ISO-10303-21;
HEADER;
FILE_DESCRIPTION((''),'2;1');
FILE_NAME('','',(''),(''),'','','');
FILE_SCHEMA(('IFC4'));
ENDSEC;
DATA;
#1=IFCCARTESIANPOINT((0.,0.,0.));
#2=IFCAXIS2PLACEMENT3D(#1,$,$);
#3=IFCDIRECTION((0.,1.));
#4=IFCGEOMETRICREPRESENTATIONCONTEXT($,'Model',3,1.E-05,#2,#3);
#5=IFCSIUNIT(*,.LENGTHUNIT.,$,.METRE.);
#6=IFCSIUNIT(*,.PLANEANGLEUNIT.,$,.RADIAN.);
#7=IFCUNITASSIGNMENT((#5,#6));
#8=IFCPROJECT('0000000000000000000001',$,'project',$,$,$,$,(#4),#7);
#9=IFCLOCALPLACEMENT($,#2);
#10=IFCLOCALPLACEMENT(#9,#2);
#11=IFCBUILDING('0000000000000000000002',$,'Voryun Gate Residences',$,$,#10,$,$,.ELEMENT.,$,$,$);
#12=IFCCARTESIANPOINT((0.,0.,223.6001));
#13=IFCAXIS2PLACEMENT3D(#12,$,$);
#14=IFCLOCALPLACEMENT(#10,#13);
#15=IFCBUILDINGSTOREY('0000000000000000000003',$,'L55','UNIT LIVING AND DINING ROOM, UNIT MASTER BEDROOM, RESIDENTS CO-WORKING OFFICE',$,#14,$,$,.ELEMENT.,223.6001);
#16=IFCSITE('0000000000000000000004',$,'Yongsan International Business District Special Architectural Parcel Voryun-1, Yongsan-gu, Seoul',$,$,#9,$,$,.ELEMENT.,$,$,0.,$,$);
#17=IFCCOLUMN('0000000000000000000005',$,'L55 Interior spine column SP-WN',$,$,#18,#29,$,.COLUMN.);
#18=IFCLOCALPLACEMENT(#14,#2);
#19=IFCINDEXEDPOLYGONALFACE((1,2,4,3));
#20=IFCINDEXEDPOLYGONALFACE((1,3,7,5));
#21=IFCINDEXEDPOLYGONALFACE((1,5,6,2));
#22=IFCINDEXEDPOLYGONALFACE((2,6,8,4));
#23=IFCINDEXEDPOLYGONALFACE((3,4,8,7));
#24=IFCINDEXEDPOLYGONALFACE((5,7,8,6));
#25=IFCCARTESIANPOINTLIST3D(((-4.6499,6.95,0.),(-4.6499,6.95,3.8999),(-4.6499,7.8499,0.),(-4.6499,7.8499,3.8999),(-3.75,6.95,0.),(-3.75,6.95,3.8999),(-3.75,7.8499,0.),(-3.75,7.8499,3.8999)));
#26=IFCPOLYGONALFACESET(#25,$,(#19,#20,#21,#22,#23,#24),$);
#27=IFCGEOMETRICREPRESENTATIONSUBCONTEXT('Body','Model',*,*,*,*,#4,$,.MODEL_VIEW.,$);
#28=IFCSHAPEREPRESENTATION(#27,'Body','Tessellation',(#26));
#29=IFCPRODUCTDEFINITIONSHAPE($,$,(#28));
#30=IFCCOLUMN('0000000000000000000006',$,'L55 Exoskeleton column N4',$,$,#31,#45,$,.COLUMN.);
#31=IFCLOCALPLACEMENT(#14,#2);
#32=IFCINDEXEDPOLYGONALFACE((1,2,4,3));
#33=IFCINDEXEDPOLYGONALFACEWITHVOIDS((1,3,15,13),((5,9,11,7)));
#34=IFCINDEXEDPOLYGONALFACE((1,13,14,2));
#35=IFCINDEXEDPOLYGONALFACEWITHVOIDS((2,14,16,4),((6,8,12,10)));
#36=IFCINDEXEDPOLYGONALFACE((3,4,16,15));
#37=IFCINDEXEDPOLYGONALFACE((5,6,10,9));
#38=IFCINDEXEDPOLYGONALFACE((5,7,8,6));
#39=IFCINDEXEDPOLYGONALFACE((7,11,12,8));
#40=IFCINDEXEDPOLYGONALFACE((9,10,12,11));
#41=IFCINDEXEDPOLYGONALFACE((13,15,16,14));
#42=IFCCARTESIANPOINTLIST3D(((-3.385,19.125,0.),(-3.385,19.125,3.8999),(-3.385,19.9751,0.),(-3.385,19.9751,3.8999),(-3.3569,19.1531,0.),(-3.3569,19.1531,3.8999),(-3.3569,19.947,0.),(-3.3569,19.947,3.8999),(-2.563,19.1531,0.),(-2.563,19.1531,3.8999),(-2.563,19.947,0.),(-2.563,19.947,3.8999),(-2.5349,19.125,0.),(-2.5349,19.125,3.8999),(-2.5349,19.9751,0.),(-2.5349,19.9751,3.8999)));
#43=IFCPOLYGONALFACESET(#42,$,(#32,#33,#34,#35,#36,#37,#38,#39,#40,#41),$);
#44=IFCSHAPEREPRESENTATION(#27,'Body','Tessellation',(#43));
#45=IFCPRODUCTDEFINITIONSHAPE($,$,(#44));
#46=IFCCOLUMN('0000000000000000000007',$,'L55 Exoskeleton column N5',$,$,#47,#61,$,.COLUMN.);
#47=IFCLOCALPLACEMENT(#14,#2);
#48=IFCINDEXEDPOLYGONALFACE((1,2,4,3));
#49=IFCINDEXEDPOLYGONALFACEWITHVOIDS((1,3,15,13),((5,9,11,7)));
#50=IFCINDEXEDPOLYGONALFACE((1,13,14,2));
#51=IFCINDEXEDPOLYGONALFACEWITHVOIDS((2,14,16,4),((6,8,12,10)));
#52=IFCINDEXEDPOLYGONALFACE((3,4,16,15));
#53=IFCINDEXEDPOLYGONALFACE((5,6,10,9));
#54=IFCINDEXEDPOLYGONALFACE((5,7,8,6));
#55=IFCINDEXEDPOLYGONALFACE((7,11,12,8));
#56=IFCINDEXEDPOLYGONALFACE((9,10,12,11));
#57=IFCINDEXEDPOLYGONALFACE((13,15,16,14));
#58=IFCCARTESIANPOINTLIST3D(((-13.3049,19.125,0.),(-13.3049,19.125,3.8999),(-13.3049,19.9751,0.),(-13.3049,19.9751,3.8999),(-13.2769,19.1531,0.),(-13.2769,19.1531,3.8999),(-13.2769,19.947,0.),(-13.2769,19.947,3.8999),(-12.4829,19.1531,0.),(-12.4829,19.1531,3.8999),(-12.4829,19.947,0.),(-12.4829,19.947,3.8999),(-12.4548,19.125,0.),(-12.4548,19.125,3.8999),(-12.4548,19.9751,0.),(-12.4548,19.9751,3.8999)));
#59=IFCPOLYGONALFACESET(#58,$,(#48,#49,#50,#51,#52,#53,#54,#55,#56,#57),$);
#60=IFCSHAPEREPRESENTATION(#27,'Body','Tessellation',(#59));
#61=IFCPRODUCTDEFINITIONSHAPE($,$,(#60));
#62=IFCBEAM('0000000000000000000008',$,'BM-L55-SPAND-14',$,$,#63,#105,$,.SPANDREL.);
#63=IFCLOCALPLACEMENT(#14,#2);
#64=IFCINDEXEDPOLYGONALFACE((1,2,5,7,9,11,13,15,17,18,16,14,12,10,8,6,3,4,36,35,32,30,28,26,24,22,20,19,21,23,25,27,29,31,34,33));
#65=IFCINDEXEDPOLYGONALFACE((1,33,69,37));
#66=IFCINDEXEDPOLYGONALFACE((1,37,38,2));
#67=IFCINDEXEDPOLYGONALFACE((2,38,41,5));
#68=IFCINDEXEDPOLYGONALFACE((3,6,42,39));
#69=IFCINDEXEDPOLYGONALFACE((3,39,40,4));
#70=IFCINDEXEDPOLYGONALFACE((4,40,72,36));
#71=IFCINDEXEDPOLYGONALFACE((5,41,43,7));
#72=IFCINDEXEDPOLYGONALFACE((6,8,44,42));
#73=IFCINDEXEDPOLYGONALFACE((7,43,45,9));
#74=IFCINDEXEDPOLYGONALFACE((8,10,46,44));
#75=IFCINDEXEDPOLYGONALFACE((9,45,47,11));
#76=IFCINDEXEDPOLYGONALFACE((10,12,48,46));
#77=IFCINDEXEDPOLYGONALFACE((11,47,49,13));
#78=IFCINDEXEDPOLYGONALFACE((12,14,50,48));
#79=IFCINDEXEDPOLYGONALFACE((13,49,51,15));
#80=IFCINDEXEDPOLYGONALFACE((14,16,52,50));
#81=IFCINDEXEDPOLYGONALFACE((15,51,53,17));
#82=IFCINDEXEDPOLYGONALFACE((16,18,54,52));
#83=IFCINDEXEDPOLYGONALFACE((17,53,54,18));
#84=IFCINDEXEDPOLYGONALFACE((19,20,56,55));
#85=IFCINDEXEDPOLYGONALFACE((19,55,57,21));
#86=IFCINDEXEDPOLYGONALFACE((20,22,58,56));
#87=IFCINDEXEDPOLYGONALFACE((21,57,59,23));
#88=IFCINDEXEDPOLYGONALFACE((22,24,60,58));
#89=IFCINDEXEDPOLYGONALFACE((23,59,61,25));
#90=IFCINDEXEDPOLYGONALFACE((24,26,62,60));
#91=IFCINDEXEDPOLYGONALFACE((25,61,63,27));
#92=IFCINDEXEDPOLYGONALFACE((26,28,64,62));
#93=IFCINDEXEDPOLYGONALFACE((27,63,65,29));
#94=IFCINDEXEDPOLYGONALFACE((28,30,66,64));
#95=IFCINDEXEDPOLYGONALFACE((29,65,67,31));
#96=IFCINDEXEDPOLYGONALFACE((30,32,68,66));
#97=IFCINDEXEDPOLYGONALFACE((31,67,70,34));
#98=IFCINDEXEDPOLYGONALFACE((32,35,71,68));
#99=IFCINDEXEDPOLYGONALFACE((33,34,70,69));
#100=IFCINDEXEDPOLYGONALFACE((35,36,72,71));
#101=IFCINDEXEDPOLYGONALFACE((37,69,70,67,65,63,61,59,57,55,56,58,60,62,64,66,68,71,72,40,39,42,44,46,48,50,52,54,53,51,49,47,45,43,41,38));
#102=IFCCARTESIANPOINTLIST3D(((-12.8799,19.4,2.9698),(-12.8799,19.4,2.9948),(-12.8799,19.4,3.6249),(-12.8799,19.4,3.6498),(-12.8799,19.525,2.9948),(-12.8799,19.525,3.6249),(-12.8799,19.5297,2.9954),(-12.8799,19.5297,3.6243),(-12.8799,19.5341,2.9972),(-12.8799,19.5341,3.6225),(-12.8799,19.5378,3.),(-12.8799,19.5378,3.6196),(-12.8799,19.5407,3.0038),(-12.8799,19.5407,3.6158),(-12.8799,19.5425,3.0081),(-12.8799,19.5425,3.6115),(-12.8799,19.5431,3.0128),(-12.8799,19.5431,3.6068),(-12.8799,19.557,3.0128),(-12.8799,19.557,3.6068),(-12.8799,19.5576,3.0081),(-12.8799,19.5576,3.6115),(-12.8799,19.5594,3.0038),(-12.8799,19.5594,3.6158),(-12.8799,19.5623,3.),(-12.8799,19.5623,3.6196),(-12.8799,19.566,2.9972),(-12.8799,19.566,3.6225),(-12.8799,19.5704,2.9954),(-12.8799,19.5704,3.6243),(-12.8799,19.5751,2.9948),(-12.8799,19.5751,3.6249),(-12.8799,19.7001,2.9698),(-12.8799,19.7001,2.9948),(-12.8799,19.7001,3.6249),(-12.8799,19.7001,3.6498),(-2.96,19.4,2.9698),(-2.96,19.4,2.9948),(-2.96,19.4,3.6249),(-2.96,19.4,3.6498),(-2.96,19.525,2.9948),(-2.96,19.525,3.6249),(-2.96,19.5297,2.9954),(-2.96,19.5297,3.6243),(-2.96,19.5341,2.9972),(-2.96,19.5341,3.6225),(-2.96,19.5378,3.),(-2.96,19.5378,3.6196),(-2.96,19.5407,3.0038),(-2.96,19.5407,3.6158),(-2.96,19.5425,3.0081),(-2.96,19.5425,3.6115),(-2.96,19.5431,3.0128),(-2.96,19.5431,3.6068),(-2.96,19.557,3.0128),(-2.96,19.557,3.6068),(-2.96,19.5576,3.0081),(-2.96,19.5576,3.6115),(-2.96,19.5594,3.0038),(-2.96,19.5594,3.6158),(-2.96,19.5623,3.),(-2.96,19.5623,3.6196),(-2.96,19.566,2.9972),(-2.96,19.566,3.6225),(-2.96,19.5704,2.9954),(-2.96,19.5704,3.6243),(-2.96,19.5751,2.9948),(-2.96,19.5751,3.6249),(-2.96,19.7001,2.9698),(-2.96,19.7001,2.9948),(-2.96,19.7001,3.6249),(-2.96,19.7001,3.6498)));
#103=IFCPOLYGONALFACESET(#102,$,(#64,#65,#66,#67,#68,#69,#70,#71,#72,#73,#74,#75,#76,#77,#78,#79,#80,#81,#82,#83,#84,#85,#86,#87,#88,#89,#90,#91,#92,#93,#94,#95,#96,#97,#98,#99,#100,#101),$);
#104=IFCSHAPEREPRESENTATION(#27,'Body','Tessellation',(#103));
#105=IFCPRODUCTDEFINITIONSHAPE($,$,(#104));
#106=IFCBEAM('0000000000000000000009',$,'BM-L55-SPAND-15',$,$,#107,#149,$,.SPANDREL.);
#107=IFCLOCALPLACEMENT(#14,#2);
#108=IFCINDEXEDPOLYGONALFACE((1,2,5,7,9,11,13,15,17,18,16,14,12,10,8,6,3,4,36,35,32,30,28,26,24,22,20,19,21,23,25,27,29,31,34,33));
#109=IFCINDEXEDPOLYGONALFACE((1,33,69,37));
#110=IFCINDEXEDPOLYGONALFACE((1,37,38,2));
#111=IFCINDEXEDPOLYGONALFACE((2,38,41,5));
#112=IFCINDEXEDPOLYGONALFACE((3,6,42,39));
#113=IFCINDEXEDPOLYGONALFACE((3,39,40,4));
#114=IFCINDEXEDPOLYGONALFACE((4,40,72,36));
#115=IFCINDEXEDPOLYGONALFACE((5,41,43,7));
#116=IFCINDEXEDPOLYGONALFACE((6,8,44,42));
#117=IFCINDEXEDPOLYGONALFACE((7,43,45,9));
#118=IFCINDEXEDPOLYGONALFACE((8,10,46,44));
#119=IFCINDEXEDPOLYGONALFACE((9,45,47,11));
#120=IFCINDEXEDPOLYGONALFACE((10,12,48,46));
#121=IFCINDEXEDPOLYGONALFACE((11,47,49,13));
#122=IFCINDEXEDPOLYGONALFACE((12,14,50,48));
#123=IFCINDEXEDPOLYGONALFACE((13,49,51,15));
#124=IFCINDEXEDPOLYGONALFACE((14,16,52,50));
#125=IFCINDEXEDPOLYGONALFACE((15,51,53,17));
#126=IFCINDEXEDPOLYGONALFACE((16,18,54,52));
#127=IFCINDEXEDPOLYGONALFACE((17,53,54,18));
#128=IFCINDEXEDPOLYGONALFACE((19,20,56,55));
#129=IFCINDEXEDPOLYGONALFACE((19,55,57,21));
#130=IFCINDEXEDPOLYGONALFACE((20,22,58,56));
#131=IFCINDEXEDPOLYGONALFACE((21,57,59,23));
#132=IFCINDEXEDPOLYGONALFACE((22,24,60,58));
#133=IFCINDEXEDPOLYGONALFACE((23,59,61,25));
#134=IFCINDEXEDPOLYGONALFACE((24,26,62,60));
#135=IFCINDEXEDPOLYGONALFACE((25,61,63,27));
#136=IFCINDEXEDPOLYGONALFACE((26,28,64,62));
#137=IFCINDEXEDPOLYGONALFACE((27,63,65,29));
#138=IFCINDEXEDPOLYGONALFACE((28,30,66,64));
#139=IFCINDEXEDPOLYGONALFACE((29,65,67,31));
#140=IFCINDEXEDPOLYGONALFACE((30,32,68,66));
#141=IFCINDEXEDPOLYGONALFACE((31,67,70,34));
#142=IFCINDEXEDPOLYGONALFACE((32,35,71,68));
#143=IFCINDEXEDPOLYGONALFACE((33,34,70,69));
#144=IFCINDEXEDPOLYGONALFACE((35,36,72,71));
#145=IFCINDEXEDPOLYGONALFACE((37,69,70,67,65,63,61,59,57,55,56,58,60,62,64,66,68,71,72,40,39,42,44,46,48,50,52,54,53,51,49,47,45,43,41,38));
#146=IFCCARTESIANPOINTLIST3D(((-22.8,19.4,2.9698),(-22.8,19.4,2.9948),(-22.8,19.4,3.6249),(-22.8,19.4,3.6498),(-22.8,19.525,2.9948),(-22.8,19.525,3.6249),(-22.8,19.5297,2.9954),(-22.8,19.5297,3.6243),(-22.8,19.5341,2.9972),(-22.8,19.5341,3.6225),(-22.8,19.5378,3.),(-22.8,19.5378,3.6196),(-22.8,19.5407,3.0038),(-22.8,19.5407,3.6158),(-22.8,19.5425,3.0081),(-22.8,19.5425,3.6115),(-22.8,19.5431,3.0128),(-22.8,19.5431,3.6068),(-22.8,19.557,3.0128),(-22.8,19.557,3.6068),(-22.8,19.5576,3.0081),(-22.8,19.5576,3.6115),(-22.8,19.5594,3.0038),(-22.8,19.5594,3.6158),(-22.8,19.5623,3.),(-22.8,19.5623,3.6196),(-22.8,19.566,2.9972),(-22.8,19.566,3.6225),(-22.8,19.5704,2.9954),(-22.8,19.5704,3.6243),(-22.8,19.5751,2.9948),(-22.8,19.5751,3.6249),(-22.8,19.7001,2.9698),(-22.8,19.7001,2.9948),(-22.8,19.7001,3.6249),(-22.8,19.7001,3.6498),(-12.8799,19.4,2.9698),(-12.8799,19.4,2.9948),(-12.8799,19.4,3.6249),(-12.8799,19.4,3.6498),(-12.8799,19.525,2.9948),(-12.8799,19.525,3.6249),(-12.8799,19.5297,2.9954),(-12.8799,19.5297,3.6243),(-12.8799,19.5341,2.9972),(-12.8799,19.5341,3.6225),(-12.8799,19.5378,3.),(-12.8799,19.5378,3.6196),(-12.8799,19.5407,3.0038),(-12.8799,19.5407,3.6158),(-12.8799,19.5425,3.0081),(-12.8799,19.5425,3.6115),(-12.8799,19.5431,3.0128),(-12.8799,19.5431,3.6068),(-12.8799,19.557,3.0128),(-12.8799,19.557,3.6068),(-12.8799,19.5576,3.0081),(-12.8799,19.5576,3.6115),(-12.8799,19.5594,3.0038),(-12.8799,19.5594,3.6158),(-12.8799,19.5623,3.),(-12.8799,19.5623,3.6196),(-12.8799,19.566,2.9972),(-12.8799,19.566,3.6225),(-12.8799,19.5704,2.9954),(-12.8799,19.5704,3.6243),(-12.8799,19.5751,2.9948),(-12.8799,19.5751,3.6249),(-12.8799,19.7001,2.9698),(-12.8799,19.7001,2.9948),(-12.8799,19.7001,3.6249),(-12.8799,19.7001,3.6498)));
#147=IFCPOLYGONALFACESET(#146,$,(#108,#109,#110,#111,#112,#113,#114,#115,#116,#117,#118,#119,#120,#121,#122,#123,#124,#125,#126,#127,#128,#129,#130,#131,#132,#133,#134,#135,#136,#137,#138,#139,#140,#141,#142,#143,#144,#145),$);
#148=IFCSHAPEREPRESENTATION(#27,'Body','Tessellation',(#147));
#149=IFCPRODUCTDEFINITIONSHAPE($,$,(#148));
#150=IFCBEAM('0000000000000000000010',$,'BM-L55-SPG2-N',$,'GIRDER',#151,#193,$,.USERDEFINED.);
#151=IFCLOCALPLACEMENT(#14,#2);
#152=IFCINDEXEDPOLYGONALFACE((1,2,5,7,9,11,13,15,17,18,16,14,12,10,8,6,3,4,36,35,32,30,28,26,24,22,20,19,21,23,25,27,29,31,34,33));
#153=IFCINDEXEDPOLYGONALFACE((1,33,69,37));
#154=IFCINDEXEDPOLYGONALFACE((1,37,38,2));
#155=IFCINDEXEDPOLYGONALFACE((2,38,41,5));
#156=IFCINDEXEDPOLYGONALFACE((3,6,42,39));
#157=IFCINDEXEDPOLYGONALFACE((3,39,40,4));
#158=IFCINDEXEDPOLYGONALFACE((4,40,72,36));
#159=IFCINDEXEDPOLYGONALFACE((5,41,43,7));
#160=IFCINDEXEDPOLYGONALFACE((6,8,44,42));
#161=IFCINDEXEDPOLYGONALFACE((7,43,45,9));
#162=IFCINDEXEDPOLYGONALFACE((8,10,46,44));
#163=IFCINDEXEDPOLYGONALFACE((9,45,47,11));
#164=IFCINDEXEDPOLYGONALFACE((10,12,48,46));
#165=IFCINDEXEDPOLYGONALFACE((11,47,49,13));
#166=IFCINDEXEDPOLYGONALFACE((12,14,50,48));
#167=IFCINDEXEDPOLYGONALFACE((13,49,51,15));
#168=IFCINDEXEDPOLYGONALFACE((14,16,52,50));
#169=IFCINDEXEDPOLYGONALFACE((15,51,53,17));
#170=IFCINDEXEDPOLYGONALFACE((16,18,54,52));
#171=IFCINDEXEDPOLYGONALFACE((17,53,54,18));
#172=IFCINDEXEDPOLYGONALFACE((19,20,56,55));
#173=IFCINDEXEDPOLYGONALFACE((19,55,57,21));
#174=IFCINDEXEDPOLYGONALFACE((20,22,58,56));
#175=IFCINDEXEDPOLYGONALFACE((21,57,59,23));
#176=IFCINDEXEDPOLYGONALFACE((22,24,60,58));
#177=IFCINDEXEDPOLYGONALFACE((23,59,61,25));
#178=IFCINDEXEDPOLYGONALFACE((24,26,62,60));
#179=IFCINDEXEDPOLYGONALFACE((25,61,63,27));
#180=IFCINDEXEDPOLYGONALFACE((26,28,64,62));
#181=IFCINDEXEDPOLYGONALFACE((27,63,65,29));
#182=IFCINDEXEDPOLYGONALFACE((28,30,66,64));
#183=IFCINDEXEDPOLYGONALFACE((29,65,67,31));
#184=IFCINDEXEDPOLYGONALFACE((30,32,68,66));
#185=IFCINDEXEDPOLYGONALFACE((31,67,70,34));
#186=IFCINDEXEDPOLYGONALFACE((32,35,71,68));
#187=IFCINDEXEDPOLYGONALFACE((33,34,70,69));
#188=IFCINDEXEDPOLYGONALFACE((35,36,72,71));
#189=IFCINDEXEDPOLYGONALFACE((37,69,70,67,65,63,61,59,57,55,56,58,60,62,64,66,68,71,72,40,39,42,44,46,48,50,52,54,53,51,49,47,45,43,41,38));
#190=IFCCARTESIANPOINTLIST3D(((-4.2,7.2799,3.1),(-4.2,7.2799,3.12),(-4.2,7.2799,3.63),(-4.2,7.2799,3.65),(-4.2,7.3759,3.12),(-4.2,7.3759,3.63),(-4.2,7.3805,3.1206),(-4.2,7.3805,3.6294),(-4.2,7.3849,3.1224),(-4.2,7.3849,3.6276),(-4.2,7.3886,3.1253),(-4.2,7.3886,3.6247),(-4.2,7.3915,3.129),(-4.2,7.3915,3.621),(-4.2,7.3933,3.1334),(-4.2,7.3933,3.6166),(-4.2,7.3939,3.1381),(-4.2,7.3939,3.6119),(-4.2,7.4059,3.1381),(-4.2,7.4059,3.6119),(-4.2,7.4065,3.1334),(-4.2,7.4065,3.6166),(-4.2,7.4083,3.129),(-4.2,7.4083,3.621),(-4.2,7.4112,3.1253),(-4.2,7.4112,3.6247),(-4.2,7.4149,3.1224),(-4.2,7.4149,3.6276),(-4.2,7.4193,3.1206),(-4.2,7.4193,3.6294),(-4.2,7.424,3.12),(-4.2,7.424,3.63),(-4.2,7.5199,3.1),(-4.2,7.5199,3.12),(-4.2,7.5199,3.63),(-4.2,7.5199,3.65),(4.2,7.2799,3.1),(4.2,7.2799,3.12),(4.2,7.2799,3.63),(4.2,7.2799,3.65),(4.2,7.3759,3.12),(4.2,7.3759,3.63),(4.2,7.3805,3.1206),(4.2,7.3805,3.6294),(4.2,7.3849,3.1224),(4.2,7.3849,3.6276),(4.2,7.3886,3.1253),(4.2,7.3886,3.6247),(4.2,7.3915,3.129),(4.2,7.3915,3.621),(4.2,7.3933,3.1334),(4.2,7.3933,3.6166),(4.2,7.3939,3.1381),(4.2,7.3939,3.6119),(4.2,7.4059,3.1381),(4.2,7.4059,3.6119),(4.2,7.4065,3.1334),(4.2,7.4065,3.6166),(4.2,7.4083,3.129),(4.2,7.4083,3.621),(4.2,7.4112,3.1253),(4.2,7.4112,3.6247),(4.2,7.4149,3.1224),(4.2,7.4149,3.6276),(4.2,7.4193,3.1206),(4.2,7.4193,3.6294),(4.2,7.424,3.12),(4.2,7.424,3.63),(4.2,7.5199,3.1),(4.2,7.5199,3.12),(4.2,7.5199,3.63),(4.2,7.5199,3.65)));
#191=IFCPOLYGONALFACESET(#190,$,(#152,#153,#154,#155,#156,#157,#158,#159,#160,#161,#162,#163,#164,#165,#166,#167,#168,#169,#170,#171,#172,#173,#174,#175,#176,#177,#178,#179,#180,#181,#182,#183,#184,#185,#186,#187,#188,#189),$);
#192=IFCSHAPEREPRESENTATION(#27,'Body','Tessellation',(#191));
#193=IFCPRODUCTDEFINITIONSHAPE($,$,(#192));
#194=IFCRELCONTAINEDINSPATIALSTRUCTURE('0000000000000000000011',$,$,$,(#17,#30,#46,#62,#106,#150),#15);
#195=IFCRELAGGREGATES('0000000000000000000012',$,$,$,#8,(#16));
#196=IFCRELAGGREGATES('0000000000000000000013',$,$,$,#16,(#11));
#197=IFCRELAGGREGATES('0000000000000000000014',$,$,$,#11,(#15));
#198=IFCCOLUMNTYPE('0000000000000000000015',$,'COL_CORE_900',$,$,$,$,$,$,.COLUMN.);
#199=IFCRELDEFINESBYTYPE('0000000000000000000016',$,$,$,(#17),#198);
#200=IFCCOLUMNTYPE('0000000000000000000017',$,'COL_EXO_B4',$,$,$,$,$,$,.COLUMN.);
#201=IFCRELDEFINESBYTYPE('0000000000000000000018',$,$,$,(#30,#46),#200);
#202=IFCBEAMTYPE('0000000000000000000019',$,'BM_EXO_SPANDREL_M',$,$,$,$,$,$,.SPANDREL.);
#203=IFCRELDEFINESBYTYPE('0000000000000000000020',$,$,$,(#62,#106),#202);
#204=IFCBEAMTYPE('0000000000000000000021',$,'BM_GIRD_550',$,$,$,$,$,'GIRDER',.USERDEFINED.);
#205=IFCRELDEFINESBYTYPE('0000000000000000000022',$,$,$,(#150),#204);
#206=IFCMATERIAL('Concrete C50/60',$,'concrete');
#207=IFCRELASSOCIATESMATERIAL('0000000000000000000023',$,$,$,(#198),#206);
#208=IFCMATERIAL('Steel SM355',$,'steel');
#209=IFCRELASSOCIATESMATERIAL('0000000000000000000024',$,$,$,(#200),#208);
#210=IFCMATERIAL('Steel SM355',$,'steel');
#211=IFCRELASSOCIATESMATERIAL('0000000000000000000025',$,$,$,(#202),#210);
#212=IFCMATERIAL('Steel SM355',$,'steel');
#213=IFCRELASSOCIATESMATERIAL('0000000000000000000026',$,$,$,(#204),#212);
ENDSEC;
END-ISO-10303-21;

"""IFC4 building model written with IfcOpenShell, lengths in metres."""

from ifc_helpers import new_model, si_unit, direction, frame, origin, origin_2d, place, context, subcontext, project, spatial, rectangle, hollow_rectangle, i_section, extrude, material, material_profile, profile_set, type_object, element, save


model = new_model("IFC4")

# Units and contexts
model_context = context("Model", 3, precision=1e-05, world=origin(), true_north=direction((0.0, 1.0)))
body_context = subcontext(model_context, "Body", "Model", "MODEL_VIEW")
ifc_project = project(units=[si_unit("LENGTHUNIT", "METRE"), si_unit("PLANEANGLEUNIT", "RADIAN")], contexts=[model_context])

# Site, building, storey
site_placement = place(None, origin())
site = spatial("IfcSite", under=ifc_project, at=site_placement, Name="Yongsan International Business District Special Architectural Parcel Voryun-1, Yongsan-gu, Seoul", CompositionType="ELEMENT", RefElevation=0.0)
building_placement = place(site_placement, origin())
building = spatial("IfcBuilding", under=site, at=building_placement, Name="Voryun Gate Residences", CompositionType="ELEMENT")
storey_placement = place(building_placement, frame((0.0, 0.0, 223.6001)))
storey = spatial("IfcBuildingStorey", under=building, at=storey_placement, Name="L55", Description="UNIT LIVING AND DINING ROOM, UNIT MASTER BEDROOM, RESIDENTS CO-WORKING OFFICE", CompositionType="ELEMENT", Elevation=223.6001)

# Columns
ifc_material_1 = material(Name="Concrete C50/60", Category="concrete")
ifc_material_profile_1 = material_profile(ifc_material_1, rectangle(XDim=0.8999, YDim=0.8999, at=origin_2d()), Name="RC-900x900")
ifc_profile_set_1 = profile_set([ifc_material_profile_1], Name="Concrete C50/60")
column_type_1 = type_object("IfcColumnType", Name="COL_CORE_900", PredefinedType="COLUMN", material=ifc_profile_set_1)
column_placement = place(storey_placement, frame((-4.2, 7.3999, 0.0), z_axis=(0.0, 0.0, 1.0), x_axis=(1.0, 0.0, 0.0)))
element("IfcColumn", 1, at=column_placement, inside=storey, type_object=column_type_1, Name="L55 Interior spine column SP-WN", PredefinedType="COLUMN", context=body_context, shape_type="SweptSolid", body=[
    extrude(rectangle(XDim=0.8999, YDim=0.8999, at=origin_2d()), origin(), (0.0, 0.0, 1.0), 3.8999),
])
ifc_material_2 = material(Name="Steel SM355", Category="steel")
ifc_material_profile_2 = material_profile(ifc_material_2, hollow_rectangle(XDim=0.8501, YDim=0.8501, WallThickness=0.0281, at=origin_2d()), Name="BOX-850x850x28")
ifc_profile_set_2 = profile_set([ifc_material_profile_2], Name="Steel SM355")
column_type_2 = type_object("IfcColumnType", Name="COL_EXO_B4", PredefinedType="COLUMN", material=ifc_profile_set_2)
for number, where, z_axis, x_axis, name in (
    (2, (-2.96, 19.55, 0.0), (0.0, 0.0, 1.0), (1.0, 0.0, 0.0), "L55 Exoskeleton column N4"),
    (3, (-12.8799, 19.55, 0.0), (0.0, 0.0, 1.0), (1.0, 0.0, 0.0), "L55 Exoskeleton column N5"),
):
    element("IfcColumn", number, at=place(storey_placement, frame(where, z_axis=z_axis, x_axis=x_axis)), inside=storey, type_object=column_type_2, Name=name, PredefinedType="COLUMN", context=body_context, shape_type="SweptSolid", body=[
        extrude(hollow_rectangle(XDim=0.8501, YDim=0.8501, WallThickness=0.0281, at=origin_2d()), origin(), (0.0, 0.0, 1.0), 3.8999),
    ])

# Beams
ifc_material_3 = material(Name="Steel SM355", Category="steel")
ifc_material_profile_3 = material_profile(ifc_material_3, i_section(OverallWidth=0.3, OverallDepth=0.6799, WebThickness=0.0139, FlangeThickness=0.0249, FilletRadius=0.0181, at=origin_2d()), Name="H-680x300x14x25")
ifc_profile_set_3 = profile_set([ifc_material_profile_3], Name="Steel SM355")
beam_type_1 = type_object("IfcBeamType", Name="BM_EXO_SPANDREL_M", PredefinedType="SPANDREL", material=ifc_profile_set_3)
beam_1_placement = place(storey_placement, frame((-2.96, 19.55, 3.3098), z_axis=(-1.0, 0.0, 0.0), x_axis=(0.0, -1.0, 0.0)))
element("IfcBeam", 4, at=beam_1_placement, inside=storey, type_object=beam_type_1, Name="BM-L55-SPAND-14", PredefinedType="SPANDREL", context=body_context, shape_type="SweptSolid", body=[
    extrude(i_section(OverallWidth=0.3, OverallDepth=0.6799, WebThickness=0.0139, FlangeThickness=0.0249, FilletRadius=0.0181, at=origin_2d()), origin(), (0.0, 0.0, 1.0), 9.9199),
])
beam_2_placement = place(storey_placement, frame((-12.8799, 19.55, 3.3098), z_axis=(-1.0, 0.0, 0.0), x_axis=(0.0, -1.0, 0.0)))
element("IfcBeam", 5, at=beam_2_placement, inside=storey, type_object=beam_type_1, Name="BM-L55-SPAND-15", PredefinedType="SPANDREL", context=body_context, shape_type="SweptSolid", body=[
    extrude(i_section(OverallWidth=0.3, OverallDepth=0.6799, WebThickness=0.0139, FlangeThickness=0.0249, FilletRadius=0.0181, at=origin_2d()), origin(), (0.0, 0.0, 1.0), 9.9202),
])
ifc_material_4 = material(Name="Steel SM355", Category="steel")
ifc_material_profile_4 = material_profile(ifc_material_4, i_section(OverallWidth=0.24, OverallDepth=0.55, WebThickness=0.012, FlangeThickness=0.02, FilletRadius=0.0181, at=origin_2d()), Name="H-550x240x12x20")
ifc_profile_set_4 = profile_set([ifc_material_profile_4], Name="Steel SM355")
beam_type_2 = type_object("IfcBeamType", Name="BM_GIRD_550", ElementType="GIRDER", PredefinedType="USERDEFINED", material=ifc_profile_set_4)
beam_3_placement = place(storey_placement, frame((-4.2, 7.3999, 3.375), z_axis=(1.0, 0.0, 0.0), x_axis=(0.0, 1.0, 0.0)))
element("IfcBeam", 6, at=beam_3_placement, inside=storey, type_object=beam_type_2, Name="BM-L55-SPG2-N", ObjectType="GIRDER", PredefinedType="USERDEFINED", context=body_context, shape_type="SweptSolid", body=[
    extrude(i_section(OverallWidth=0.24, OverallDepth=0.55, WebThickness=0.012, FlangeThickness=0.02, FilletRadius=0.0181, at=origin_2d()), origin(), (0.0, 0.0, 1.0), 8.3999),
])

save(model, "model.ifc")
